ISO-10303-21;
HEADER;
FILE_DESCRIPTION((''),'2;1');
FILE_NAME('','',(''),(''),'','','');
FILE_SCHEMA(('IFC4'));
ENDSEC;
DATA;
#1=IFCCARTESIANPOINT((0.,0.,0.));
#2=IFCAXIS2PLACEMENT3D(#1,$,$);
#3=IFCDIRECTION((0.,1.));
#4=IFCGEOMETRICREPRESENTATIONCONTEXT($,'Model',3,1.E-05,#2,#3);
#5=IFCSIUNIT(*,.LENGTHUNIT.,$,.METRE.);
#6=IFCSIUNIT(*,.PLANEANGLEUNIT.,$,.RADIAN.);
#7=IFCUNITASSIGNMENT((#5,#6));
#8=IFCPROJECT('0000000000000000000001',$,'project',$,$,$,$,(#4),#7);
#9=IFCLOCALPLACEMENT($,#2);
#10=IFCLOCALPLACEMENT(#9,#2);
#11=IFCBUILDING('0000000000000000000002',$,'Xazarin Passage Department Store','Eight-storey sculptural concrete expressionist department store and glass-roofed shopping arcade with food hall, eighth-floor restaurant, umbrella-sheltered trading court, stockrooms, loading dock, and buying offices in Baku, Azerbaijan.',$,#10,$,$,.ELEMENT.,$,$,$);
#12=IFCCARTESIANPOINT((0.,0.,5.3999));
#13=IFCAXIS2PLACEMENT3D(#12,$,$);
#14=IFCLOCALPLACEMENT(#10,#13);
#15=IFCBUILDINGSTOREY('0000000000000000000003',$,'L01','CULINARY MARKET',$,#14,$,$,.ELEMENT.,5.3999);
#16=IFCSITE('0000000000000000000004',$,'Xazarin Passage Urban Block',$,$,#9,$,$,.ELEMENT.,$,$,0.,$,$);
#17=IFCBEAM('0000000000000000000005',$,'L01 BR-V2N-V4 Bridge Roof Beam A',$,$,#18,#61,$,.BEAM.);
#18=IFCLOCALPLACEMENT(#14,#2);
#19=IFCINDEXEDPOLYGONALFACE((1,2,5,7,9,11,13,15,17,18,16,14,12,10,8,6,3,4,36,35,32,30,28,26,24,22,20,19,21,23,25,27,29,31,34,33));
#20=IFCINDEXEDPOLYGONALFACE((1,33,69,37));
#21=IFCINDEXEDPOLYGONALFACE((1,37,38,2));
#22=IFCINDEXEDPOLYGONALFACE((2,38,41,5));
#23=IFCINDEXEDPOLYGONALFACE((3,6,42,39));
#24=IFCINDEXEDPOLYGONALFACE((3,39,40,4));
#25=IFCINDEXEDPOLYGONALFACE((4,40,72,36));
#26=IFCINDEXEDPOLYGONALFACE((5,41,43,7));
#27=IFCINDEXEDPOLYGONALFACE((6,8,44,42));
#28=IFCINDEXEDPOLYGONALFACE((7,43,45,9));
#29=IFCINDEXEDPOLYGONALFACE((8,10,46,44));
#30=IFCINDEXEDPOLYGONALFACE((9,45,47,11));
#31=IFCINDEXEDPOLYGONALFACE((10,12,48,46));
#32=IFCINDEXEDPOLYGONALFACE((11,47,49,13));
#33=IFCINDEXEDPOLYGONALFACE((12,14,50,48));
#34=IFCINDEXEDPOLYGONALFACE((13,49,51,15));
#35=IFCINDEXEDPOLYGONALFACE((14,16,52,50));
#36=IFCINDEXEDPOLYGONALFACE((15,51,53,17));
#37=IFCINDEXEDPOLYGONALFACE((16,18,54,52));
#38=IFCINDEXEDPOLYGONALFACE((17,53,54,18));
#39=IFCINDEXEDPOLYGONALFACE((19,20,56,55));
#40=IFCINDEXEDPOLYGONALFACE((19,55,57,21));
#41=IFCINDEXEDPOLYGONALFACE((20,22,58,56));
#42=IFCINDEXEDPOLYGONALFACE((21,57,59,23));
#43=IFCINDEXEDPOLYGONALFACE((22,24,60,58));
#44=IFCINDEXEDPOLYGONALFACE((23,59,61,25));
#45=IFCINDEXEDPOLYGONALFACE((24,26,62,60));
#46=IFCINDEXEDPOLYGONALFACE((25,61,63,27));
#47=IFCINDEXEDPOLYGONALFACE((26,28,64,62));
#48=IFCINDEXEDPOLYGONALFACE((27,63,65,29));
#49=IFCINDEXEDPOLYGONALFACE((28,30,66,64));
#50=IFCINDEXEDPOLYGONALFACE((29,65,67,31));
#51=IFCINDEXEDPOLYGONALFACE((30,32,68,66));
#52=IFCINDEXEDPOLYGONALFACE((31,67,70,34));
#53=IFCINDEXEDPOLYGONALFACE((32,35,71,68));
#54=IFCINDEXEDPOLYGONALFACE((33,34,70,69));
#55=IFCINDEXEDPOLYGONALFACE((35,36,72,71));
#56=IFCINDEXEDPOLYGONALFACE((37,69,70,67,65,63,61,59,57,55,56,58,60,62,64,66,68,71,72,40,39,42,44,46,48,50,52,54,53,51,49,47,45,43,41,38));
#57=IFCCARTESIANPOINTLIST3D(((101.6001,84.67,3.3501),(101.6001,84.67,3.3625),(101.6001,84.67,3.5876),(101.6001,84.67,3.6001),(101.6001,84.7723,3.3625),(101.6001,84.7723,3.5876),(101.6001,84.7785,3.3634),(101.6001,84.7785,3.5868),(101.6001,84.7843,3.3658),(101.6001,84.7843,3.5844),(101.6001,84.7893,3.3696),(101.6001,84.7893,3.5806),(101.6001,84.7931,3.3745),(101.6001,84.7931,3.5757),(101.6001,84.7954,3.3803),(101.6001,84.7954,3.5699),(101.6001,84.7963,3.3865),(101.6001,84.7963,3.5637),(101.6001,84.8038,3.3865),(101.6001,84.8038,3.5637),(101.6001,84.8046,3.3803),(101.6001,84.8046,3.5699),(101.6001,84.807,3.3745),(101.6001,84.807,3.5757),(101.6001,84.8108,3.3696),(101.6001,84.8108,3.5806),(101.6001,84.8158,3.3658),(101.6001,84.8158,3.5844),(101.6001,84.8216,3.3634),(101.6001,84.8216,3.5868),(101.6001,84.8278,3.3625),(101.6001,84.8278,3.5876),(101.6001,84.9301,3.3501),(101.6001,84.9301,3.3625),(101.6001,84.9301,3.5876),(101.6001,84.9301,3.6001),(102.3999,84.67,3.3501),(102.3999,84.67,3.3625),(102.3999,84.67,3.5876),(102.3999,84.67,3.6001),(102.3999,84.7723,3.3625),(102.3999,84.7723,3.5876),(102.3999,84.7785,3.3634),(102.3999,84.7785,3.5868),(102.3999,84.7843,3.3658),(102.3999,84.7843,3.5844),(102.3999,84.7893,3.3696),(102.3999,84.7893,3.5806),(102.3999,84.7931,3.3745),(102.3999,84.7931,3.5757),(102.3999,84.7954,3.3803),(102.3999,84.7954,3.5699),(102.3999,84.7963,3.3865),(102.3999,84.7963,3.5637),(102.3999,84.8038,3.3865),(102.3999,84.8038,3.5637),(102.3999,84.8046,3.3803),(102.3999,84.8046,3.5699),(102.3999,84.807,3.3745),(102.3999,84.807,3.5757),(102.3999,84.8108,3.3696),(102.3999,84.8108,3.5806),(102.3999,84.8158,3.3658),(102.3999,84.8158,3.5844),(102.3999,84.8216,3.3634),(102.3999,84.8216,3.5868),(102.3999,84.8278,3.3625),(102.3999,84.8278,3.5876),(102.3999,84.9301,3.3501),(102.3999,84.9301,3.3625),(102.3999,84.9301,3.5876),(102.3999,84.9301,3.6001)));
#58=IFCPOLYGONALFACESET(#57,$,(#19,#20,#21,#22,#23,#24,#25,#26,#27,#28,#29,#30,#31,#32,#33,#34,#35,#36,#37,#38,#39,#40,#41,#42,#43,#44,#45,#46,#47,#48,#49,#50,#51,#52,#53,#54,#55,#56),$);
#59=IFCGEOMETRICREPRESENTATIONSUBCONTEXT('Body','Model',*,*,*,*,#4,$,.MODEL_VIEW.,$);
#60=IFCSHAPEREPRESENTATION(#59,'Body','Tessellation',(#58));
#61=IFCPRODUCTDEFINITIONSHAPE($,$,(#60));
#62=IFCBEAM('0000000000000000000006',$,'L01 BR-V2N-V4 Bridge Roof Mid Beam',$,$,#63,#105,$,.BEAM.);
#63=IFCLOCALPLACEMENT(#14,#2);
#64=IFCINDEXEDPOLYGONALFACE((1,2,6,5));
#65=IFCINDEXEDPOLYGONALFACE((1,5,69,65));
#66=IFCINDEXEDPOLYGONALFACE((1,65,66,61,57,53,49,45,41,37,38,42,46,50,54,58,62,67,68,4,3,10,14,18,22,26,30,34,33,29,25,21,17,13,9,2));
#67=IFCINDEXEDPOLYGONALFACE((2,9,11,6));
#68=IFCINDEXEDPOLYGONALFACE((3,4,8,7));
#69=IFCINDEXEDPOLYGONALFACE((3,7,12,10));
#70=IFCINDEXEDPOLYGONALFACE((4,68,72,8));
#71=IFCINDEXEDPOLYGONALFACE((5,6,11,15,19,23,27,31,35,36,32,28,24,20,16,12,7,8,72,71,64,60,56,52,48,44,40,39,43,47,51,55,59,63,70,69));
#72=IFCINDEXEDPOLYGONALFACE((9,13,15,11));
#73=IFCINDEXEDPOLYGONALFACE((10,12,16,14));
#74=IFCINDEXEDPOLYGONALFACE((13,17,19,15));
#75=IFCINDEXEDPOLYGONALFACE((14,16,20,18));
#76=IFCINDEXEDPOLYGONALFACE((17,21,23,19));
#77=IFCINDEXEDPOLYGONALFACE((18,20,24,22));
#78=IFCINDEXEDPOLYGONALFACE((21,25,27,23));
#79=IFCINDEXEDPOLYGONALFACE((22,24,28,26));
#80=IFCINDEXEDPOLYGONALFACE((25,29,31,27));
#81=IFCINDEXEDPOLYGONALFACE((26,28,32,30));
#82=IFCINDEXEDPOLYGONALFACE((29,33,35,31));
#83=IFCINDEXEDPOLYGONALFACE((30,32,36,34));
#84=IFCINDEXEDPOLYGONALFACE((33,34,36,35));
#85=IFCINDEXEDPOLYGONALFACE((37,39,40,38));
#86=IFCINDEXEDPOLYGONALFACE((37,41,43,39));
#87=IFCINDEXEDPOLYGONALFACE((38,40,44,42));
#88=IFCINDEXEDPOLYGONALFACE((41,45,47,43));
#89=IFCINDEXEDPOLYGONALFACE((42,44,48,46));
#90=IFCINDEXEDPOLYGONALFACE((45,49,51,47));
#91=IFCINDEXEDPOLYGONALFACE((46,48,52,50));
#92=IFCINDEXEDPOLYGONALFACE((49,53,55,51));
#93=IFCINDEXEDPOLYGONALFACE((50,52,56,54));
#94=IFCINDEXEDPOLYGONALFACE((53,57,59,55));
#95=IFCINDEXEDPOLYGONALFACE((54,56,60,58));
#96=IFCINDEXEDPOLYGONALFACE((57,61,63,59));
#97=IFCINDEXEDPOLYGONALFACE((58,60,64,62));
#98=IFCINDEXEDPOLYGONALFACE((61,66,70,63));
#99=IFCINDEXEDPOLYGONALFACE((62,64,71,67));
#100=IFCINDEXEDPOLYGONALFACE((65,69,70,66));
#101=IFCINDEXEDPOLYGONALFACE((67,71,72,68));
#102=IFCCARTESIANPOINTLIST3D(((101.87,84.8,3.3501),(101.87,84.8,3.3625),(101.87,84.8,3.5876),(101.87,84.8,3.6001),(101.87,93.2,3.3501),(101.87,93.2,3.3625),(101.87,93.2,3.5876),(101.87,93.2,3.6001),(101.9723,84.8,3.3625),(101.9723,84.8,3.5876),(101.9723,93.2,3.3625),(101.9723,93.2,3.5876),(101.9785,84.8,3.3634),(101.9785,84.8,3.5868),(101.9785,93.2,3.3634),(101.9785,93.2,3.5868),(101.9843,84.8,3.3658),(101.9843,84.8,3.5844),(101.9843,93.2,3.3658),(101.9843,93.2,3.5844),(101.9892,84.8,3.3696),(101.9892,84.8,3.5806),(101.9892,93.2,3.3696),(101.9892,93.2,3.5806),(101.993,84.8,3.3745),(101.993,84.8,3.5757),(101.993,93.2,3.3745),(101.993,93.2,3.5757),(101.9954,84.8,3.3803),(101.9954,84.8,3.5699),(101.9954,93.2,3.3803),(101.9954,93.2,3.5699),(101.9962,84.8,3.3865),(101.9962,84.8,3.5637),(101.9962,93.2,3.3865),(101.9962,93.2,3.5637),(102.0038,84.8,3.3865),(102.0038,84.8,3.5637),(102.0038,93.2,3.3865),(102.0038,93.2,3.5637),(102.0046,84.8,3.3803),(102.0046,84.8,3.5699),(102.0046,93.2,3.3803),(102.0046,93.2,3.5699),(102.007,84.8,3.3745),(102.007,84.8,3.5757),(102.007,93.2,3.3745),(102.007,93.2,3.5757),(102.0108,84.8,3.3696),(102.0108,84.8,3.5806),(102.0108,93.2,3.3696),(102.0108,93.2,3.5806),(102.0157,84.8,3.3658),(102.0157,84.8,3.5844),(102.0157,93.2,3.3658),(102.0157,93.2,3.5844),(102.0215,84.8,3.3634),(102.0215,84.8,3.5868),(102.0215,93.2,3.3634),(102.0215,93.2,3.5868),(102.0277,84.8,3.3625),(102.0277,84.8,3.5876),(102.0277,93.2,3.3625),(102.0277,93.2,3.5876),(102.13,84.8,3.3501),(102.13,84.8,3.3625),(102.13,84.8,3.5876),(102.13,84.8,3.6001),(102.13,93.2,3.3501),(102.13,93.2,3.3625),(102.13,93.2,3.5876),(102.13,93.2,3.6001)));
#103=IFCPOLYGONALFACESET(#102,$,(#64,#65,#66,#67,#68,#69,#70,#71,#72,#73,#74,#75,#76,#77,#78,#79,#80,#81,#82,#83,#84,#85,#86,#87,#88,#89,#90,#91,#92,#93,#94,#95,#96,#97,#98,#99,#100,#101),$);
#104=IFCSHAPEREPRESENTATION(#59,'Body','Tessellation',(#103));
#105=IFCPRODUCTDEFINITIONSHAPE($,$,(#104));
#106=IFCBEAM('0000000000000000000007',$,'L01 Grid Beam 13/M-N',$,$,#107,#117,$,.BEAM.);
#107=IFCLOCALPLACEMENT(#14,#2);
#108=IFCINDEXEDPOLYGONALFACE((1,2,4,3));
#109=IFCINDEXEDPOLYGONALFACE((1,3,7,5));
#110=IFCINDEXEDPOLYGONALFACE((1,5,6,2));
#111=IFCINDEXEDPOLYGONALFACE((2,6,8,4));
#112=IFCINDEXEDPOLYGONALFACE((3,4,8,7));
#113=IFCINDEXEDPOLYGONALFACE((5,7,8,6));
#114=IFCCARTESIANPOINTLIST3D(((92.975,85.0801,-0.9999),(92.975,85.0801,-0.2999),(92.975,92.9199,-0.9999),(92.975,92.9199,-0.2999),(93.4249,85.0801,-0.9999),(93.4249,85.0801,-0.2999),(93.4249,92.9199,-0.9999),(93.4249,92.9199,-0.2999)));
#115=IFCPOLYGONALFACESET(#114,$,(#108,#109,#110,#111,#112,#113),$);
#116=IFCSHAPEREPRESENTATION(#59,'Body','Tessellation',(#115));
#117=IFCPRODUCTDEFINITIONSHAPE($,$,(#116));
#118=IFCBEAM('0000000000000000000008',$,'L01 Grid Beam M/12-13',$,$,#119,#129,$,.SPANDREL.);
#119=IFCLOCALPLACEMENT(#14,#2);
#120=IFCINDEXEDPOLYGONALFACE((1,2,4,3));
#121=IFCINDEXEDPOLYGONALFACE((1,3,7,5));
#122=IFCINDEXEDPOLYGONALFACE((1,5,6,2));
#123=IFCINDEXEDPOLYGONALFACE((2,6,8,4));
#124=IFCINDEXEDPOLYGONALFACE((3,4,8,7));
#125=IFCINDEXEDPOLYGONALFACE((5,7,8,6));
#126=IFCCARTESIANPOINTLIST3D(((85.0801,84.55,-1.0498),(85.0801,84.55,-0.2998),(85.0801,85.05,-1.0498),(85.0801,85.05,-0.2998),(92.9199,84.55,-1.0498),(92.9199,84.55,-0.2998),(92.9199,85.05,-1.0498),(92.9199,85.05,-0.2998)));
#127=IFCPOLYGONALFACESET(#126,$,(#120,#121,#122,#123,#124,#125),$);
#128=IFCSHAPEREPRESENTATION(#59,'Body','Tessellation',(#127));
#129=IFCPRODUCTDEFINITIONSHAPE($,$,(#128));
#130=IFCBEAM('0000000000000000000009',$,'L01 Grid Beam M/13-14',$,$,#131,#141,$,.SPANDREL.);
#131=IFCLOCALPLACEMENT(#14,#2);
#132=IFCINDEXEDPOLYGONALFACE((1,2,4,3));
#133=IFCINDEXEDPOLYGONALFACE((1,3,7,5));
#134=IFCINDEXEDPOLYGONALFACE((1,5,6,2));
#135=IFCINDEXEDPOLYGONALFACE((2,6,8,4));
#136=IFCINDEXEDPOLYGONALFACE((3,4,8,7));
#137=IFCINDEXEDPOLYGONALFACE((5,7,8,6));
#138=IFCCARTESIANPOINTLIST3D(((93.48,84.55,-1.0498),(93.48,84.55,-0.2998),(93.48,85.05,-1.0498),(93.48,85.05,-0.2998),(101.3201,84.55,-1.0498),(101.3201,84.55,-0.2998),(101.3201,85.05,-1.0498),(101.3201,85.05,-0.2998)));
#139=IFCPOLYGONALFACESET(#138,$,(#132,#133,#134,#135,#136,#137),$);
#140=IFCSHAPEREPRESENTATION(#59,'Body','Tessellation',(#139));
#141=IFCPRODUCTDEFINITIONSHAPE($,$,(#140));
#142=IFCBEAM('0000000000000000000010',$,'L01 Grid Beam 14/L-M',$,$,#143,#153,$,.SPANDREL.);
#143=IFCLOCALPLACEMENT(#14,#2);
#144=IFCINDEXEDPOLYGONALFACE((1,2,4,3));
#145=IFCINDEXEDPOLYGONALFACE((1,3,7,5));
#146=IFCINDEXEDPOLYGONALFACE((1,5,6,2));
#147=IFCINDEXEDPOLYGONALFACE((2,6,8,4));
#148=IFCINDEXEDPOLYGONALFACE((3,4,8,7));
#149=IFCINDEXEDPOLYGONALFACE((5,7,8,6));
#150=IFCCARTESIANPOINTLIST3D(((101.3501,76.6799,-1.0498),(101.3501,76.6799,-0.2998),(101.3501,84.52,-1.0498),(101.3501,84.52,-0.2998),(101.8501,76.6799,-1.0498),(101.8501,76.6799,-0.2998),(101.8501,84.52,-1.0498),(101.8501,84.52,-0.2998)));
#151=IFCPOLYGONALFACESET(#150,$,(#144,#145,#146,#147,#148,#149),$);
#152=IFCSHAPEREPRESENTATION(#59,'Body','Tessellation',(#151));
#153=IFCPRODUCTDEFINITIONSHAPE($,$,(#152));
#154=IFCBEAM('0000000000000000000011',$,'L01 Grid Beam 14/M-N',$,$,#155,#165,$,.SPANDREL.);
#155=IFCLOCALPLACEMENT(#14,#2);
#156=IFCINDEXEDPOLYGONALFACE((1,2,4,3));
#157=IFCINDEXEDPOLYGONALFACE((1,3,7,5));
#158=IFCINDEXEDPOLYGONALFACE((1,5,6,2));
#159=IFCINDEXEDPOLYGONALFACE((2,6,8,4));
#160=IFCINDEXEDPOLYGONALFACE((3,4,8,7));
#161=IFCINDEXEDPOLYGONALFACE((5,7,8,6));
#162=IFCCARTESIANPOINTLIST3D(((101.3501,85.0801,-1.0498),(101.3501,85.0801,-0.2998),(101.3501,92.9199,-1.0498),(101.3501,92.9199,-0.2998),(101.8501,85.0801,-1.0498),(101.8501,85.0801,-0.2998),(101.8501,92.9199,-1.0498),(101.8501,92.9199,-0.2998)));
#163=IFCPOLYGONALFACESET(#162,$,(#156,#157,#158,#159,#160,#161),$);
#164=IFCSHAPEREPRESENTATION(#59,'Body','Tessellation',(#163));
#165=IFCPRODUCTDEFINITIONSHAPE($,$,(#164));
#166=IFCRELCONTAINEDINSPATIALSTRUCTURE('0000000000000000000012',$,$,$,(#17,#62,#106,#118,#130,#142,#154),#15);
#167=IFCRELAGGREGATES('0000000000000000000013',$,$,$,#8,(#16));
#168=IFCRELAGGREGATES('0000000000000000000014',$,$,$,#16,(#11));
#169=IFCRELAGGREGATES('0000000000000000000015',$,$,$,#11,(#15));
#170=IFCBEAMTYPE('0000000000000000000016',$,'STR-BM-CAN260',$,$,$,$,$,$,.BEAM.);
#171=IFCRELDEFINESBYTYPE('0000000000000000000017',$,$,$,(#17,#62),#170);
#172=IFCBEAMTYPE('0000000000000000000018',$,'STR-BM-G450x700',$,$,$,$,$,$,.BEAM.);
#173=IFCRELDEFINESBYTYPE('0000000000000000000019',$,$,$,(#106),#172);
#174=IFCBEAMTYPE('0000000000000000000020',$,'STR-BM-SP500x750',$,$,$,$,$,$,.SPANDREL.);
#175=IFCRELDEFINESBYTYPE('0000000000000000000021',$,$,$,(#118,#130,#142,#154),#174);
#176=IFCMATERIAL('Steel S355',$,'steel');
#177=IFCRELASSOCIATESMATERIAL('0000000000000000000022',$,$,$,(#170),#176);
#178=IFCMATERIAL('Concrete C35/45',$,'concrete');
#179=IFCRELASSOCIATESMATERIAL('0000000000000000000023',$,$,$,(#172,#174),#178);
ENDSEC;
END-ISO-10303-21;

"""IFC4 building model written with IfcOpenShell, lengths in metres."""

from ifc_helpers import new_model, si_unit, direction, frame, origin, origin_2d, place, context, subcontext, project, spatial, rectangle, i_section, extrude, material, material_profile, profile_set, type_object, element, save


model = new_model("IFC4")

# Units and contexts
model_context = context("Model", 3, precision=1e-05, world=origin(), true_north=direction((0.0, 1.0)))
body_context = subcontext(model_context, "Body", "Model", "MODEL_VIEW")
ifc_project = project(units=[si_unit("LENGTHUNIT", "METRE"), si_unit("PLANEANGLEUNIT", "RADIAN")], contexts=[model_context])

# Site, building, storey
site_placement = place(None, origin())
site = spatial("IfcSite", under=ifc_project, at=site_placement, Name="Xazarin Passage Urban Block", CompositionType="ELEMENT", RefElevation=0.0)
building_placement = place(site_placement, origin())
building = spatial("IfcBuilding", under=site, at=building_placement, Name="Xazarin Passage Department Store", Description="Eight-storey sculptural concrete expressionist department store and glass-roofed shopping arcade with food hall, eighth-floor restaurant, umbrella-sheltered trading court, stockrooms, loading dock, and buying offices in Baku, Azerbaijan.", CompositionType="ELEMENT")
storey_placement = place(building_placement, frame((0.0, 0.0, 5.3999)))
storey = spatial("IfcBuildingStorey", under=building, at=storey_placement, Name="L01", Description="CULINARY MARKET", CompositionType="ELEMENT", Elevation=5.3999)

# Beams
ifc_material_1 = material(Name="Steel S355", Category="steel")
ifc_material_profile_1 = material_profile(ifc_material_1, i_section(OverallWidth=0.26, OverallDepth=0.25, WebThickness=0.0076, FlangeThickness=0.0125, FilletRadius=0.0239, at=origin_2d()), Name="HEA 260")
ifc_profile_set_1 = profile_set([ifc_material_profile_1], Name="Steel S355")
beam_type_1 = type_object("IfcBeamType", Name="STR-BM-CAN260", PredefinedType="BEAM", material=ifc_profile_set_1)
beam_1_placement = place(storey_placement, frame((101.6001, 84.8, 3.4751), z_axis=(1.0, 0.0, 0.0), x_axis=(0.0, 1.0, 0.0)))
element("IfcBeam", 1, at=beam_1_placement, inside=storey, type_object=beam_type_1, Name="L01 BR-V2N-V4 Bridge Roof Beam A", PredefinedType="BEAM", context=body_context, shape_type="SweptSolid", body=[
    extrude(i_section(OverallWidth=0.26, OverallDepth=0.25, WebThickness=0.0076, FlangeThickness=0.0125, FilletRadius=0.0239, at=origin_2d()), origin(), (0.0, 0.0, 1.0), 0.7998),
])
beam_2_placement = place(storey_placement, frame((102.0, 84.8, 3.4751), z_axis=(0.0, 1.0, 0.0), x_axis=(-1.0, 0.0, 0.0)))
element("IfcBeam", 2, at=beam_2_placement, inside=storey, type_object=beam_type_1, Name="L01 BR-V2N-V4 Bridge Roof Mid Beam", PredefinedType="BEAM", context=body_context, shape_type="SweptSolid", body=[
    extrude(i_section(OverallWidth=0.26, OverallDepth=0.25, WebThickness=0.0076, FlangeThickness=0.0125, FilletRadius=0.0239, at=origin_2d()), origin(), (0.0, 0.0, 1.0), 8.3999),
])
ifc_material_2 = material(Name="Concrete C35/45", Category="concrete")
ifc_material_profile_2 = material_profile(ifc_material_2, rectangle(XDim=0.45, YDim=0.7, at=origin_2d()), Name="RC 450x700")
ifc_profile_set_2 = profile_set([ifc_material_profile_2], Name="Concrete C35/45")
beam_type_2 = type_object("IfcBeamType", Name="STR-BM-G450x700", PredefinedType="BEAM", material=ifc_profile_set_2)
beam_3_placement = place(storey_placement, frame((93.2, 85.0801, -0.6499), z_axis=(0.0, 1.0, 0.0), x_axis=(-1.0, 0.0, 0.0)))
element("IfcBeam", 3, at=beam_3_placement, inside=storey, type_object=beam_type_2, Name="L01 Grid Beam 13/M-N", PredefinedType="BEAM", context=body_context, shape_type="SweptSolid", body=[
    extrude(rectangle(XDim=0.45, YDim=0.7, at=origin_2d()), origin(), (0.0, 0.0, 1.0), 7.8398),
])
ifc_material_profile_3 = material_profile(ifc_material_2, rectangle(XDim=0.5, YDim=0.75, at=origin_2d()), Name="RC 500x750")
ifc_profile_set_3 = profile_set([ifc_material_profile_3], Name="Concrete C35/45")
beam_type_3 = type_object("IfcBeamType", Name="STR-BM-SP500x750", PredefinedType="SPANDREL", material=ifc_profile_set_3)
beam_4_placement = place(storey_placement, frame((85.0801, 84.8, -0.6748), z_axis=(1.0, 0.0, 0.0), x_axis=(0.0, 1.0, 0.0)))
element("IfcBeam", 4, at=beam_4_placement, inside=storey, type_object=beam_type_3, Name="L01 Grid Beam M/12-13", PredefinedType="SPANDREL", context=body_context, shape_type="SweptSolid", body=[
    extrude(rectangle(XDim=0.5, YDim=0.75, at=origin_2d()), origin(), (0.0, 0.0, 1.0), 7.8398),
])
for number, where, z_axis, x_axis, name in (
    (5, (93.48, 84.8, -0.6748), (1.0, 0.0, 0.0), (0.0, 1.0, 0.0), "L01 Grid Beam M/13-14"),
    (6, (101.6001, 76.6799, -0.6748), (0.0, 1.0, 0.0), (-1.0, 0.0, 0.0), "L01 Grid Beam 14/L-M"),
):
    element("IfcBeam", number, at=place(storey_placement, frame(where, z_axis=z_axis, x_axis=x_axis)), inside=storey, type_object=beam_type_3, Name=name, PredefinedType="SPANDREL", context=body_context, shape_type="SweptSolid", body=[
        extrude(rectangle(XDim=0.5, YDim=0.75, at=origin_2d()), origin(), (0.0, 0.0, 1.0), 7.8401),
    ])
beam_5_placement = place(storey_placement, frame((101.6001, 85.0801, -0.6748), z_axis=(0.0, 1.0, 0.0), x_axis=(-1.0, 0.0, 0.0)))
element("IfcBeam", 7, at=beam_5_placement, inside=storey, type_object=beam_type_3, Name="L01 Grid Beam 14/M-N", PredefinedType="SPANDREL", context=body_context, shape_type="SweptSolid", body=[
    extrude(rectangle(XDim=0.5, YDim=0.75, at=origin_2d()), origin(), (0.0, 0.0, 1.0), 7.8398),
])

save(model, "model.ifc")
